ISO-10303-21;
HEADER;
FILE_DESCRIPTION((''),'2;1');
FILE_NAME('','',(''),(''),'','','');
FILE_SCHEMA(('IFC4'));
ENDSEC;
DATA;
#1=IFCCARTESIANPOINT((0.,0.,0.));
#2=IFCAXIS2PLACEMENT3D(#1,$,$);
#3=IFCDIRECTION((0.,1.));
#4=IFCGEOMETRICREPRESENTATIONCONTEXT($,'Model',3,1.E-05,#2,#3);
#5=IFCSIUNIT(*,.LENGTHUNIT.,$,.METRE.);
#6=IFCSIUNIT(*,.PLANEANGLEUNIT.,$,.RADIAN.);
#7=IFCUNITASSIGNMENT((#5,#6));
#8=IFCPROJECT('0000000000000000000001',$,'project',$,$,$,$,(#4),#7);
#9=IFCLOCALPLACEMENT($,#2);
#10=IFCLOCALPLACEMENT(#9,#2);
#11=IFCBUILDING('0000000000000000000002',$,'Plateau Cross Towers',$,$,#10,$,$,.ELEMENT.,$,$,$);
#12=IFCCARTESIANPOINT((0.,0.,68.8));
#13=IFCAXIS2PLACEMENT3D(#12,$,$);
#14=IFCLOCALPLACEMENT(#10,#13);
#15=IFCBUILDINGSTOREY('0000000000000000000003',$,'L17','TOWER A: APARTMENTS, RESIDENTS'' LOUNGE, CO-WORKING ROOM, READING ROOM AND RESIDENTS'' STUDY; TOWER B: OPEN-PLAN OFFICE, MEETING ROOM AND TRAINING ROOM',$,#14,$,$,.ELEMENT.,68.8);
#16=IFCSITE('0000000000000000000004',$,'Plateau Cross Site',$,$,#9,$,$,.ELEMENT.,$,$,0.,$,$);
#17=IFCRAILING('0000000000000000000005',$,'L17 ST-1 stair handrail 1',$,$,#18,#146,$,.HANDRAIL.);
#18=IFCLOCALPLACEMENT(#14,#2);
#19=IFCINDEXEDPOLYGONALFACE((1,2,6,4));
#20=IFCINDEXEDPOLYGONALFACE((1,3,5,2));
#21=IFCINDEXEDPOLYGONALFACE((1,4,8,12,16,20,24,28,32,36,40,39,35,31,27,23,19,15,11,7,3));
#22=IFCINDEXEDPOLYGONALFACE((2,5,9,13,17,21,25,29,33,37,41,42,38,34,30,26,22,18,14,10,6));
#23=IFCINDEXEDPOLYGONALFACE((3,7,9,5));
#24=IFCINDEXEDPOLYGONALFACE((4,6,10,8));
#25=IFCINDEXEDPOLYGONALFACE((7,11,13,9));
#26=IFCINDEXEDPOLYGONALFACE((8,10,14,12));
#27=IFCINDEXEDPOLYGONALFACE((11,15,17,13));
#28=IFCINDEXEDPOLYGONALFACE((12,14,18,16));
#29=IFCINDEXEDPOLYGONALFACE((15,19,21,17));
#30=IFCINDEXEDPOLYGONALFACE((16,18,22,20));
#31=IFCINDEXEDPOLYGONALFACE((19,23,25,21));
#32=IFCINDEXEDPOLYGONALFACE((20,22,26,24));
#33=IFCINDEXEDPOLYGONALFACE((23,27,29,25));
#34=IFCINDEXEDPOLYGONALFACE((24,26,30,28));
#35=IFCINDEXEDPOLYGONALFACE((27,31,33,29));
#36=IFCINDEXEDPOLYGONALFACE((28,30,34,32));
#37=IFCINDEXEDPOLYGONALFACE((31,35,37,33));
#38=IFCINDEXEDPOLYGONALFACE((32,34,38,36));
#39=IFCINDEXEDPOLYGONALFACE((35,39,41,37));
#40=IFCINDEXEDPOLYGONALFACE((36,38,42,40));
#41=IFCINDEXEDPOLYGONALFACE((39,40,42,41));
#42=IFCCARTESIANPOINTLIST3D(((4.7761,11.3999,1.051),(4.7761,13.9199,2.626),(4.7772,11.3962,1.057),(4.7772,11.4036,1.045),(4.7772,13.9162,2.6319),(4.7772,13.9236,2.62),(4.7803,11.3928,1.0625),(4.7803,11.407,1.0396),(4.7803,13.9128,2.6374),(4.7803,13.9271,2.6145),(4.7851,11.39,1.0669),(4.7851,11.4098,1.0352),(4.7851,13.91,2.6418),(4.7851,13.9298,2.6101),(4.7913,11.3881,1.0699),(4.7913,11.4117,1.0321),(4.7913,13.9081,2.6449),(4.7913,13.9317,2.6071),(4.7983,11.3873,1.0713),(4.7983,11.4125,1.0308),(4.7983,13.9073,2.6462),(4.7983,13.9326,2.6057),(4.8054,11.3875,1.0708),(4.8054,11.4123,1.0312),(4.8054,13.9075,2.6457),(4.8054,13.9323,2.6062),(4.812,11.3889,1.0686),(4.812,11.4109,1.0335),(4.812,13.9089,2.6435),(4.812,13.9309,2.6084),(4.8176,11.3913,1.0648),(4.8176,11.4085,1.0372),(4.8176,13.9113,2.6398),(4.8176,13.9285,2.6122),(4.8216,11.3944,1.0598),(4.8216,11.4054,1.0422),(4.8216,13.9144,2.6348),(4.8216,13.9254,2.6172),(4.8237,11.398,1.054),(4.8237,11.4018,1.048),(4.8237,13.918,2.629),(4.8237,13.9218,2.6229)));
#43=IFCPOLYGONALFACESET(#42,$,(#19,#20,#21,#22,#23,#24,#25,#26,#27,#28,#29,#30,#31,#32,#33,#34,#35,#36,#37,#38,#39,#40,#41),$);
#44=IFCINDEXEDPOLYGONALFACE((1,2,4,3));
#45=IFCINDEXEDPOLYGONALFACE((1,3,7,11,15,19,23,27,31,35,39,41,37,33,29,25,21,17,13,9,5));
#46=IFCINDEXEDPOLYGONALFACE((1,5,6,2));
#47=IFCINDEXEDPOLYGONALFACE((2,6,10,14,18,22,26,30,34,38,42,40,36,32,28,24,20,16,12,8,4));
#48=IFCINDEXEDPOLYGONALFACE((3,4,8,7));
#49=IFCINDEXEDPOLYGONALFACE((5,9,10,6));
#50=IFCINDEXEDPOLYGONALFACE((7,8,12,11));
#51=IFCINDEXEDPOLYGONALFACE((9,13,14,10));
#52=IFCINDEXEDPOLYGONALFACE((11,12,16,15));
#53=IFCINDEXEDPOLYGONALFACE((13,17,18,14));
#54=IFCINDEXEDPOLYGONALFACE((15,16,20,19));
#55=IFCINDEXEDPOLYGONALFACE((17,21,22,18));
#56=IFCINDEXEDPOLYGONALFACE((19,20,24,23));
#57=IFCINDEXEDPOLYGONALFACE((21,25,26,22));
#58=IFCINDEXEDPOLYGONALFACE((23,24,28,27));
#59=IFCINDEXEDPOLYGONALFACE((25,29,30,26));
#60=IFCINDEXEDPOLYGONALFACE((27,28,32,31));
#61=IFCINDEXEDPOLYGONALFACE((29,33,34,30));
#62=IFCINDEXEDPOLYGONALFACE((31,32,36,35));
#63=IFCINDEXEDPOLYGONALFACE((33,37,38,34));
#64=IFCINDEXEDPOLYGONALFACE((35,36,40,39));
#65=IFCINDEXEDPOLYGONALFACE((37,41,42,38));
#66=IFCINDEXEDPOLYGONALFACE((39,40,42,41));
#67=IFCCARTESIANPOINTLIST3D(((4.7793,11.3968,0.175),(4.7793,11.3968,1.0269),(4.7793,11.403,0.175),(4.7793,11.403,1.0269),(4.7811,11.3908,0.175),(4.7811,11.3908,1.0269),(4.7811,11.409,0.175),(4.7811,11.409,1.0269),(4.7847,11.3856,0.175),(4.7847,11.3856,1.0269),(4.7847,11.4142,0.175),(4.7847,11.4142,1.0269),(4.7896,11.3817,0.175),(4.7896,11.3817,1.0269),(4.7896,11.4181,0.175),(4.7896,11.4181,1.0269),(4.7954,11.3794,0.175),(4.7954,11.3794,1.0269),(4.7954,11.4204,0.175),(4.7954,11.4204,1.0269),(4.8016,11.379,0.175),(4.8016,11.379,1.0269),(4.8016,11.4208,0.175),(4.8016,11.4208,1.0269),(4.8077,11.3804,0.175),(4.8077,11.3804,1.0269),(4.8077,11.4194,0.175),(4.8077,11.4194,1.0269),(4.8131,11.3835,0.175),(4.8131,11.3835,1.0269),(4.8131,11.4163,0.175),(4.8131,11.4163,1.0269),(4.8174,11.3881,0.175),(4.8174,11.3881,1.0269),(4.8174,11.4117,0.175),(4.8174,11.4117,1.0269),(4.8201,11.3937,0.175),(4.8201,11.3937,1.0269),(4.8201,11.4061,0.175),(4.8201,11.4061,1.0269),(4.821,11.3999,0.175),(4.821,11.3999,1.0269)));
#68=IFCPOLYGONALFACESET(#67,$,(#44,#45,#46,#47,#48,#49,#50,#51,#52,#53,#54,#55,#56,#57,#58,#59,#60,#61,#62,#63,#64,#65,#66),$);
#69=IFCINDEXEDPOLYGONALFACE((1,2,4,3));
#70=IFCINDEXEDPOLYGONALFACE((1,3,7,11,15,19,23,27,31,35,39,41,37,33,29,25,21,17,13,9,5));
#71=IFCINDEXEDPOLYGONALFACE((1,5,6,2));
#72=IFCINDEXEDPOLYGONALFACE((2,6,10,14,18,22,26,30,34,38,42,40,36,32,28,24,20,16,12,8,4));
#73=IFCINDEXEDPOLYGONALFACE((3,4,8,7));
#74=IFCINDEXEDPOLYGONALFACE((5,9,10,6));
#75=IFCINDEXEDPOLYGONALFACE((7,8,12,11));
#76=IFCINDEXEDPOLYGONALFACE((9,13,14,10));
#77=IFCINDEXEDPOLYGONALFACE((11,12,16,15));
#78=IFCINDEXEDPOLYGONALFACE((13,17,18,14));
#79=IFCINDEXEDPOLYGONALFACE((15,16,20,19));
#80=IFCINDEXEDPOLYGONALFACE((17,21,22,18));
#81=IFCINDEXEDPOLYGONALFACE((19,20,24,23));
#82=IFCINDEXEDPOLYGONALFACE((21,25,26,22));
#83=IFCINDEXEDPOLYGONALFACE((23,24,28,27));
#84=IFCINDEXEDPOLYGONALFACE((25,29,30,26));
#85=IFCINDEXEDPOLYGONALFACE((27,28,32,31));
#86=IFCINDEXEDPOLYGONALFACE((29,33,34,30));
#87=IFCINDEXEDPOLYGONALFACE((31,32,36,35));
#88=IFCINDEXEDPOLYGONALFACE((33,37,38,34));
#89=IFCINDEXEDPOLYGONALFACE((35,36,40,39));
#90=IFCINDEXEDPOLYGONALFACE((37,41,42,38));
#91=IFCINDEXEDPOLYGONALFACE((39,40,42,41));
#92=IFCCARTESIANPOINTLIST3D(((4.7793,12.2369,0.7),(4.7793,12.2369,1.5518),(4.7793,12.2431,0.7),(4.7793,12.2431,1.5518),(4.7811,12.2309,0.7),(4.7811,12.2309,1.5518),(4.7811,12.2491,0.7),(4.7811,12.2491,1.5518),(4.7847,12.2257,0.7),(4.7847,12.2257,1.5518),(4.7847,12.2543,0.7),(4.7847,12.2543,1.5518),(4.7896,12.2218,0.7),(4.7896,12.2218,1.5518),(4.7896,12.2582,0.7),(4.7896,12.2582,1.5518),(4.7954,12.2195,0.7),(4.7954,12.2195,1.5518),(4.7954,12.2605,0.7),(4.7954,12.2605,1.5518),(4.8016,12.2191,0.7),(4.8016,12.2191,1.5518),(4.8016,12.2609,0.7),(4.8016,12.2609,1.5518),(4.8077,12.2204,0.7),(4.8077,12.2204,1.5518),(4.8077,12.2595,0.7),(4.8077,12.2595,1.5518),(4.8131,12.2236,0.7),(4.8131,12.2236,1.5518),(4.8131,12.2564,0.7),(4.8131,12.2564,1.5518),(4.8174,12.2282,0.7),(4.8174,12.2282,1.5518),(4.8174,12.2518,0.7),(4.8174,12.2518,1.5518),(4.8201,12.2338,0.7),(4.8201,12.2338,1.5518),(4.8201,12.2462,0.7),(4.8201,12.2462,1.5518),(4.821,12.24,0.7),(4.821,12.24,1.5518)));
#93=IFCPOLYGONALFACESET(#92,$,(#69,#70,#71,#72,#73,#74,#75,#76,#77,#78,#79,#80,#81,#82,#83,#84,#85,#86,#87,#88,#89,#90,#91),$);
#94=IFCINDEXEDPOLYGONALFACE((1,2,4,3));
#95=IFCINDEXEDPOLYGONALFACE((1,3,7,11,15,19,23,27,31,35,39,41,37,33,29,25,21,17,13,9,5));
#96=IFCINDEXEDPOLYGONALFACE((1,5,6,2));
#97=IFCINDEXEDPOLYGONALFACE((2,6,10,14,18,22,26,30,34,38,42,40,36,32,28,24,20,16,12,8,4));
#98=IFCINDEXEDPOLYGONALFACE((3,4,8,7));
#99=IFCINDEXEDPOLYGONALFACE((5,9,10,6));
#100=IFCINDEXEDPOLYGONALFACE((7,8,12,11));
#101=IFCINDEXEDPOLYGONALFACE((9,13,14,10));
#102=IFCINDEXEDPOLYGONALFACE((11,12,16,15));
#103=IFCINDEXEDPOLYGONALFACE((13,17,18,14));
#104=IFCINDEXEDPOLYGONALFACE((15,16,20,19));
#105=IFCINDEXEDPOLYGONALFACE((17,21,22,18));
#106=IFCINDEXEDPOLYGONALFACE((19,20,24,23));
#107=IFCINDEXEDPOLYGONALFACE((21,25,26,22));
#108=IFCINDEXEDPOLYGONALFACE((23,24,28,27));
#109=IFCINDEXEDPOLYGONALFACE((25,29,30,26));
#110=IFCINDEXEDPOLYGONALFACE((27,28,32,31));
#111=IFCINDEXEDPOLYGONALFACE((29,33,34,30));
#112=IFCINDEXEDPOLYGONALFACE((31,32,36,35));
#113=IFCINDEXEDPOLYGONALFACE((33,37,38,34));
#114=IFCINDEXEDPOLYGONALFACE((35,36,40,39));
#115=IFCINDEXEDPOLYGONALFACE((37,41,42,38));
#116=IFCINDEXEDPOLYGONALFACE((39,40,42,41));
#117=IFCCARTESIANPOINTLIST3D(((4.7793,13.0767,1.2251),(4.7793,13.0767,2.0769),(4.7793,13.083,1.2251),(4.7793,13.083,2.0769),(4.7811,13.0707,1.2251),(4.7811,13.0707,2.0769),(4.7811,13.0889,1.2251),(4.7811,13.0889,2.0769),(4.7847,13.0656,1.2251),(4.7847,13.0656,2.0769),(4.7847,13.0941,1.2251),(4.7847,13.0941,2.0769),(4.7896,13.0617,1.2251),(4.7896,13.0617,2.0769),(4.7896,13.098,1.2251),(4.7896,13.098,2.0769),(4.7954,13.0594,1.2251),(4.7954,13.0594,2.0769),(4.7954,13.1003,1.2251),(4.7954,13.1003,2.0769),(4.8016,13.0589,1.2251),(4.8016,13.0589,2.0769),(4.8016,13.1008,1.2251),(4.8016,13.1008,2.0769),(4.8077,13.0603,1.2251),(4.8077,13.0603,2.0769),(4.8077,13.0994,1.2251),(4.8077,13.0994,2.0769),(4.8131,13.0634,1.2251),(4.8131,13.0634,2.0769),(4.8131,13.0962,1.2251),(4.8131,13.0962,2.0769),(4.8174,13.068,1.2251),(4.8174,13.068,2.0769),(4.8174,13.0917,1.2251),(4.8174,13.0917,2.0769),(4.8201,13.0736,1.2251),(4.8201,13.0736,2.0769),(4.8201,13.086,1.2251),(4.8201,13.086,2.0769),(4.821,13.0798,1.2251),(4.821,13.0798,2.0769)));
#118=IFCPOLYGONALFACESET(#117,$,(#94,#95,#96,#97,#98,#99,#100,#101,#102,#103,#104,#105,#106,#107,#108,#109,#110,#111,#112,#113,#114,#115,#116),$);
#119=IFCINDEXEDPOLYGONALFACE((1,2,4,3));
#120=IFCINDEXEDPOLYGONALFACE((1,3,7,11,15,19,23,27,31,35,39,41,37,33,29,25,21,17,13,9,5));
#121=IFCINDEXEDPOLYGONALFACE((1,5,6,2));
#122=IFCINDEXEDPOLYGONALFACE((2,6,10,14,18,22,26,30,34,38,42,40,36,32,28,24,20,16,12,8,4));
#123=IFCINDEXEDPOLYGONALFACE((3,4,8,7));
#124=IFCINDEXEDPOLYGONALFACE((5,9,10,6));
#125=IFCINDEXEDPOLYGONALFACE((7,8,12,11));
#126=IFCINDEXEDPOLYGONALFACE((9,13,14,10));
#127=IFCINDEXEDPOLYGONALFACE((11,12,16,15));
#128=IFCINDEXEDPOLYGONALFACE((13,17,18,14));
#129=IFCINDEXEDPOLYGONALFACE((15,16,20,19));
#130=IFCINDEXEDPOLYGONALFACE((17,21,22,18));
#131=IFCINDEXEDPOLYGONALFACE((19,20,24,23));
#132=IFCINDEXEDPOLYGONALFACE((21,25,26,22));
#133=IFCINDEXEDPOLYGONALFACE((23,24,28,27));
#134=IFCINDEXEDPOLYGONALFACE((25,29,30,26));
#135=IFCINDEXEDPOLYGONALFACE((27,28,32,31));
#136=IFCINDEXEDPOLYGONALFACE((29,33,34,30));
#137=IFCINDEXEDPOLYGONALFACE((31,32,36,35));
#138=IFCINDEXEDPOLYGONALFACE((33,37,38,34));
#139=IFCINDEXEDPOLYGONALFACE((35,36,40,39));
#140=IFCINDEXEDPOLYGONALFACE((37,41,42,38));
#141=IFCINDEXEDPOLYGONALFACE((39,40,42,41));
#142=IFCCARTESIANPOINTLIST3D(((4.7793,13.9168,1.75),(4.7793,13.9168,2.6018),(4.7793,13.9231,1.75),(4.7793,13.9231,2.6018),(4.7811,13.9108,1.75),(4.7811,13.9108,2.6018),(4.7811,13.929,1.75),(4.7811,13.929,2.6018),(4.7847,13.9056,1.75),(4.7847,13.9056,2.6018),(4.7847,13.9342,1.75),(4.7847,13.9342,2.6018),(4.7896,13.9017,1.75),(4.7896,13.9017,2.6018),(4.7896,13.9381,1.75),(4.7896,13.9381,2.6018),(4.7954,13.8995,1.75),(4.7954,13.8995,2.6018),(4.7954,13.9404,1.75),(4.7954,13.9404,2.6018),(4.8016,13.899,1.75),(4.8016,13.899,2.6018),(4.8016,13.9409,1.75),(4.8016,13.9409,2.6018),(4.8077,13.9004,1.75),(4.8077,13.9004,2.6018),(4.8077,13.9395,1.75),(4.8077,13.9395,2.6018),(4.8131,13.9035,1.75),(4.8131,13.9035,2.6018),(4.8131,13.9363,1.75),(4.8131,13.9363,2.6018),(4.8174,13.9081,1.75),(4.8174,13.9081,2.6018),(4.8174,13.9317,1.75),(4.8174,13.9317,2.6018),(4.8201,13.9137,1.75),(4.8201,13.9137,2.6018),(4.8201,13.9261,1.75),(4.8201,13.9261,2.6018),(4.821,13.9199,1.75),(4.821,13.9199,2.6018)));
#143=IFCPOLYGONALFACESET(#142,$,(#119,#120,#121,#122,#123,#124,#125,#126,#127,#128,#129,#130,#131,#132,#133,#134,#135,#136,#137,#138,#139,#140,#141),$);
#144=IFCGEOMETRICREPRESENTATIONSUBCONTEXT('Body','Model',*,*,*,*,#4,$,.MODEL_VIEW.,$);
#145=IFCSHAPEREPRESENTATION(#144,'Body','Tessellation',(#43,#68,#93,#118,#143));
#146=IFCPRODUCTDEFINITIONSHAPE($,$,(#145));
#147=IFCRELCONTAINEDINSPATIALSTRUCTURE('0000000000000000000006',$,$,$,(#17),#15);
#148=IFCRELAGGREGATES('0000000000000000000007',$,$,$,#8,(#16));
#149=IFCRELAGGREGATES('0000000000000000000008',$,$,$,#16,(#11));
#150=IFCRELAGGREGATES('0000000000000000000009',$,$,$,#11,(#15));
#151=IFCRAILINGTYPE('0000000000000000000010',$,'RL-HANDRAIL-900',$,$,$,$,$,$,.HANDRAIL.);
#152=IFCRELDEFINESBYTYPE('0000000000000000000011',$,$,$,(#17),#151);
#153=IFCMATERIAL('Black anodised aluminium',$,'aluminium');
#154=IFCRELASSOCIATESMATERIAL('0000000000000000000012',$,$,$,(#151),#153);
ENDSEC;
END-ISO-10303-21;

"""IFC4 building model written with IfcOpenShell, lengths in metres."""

from ifc_helpers import new_model, si_unit, direction, frame, origin, origin_2d, place, context, subcontext, project, spatial, circle, extrude, material, type_object, element, save


model = new_model("IFC4")

# Units and contexts
model_context = context("Model", 3, precision=1e-05, world=origin(), true_north=direction((0.0, 1.0)))
body_context = subcontext(model_context, "Body", "Model", "MODEL_VIEW")
ifc_project = project(units=[si_unit("LENGTHUNIT", "METRE"), si_unit("PLANEANGLEUNIT", "RADIAN")], contexts=[model_context])

# Site, building, storey
site_placement = place(None, origin())
site = spatial("IfcSite", under=ifc_project, at=site_placement, Name="Plateau Cross Site", CompositionType="ELEMENT", RefElevation=0.0)
building_placement = place(site_placement, origin())
building = spatial("IfcBuilding", under=site, at=building_placement, Name="Plateau Cross Towers", CompositionType="ELEMENT")
storey_placement = place(building_placement, frame((0.0, 0.0, 68.8)))
storey = spatial("IfcBuildingStorey", under=building, at=storey_placement, Name="L17", Description="TOWER A: APARTMENTS, RESIDENTS' LOUNGE, CO-WORKING ROOM, READING ROOM AND RESIDENTS' STUDY; TOWER B: OPEN-PLAN OFFICE, MEETING ROOM AND TRAINING ROOM", CompositionType="ELEMENT", Elevation=68.8)

# Shared definitions
ifc_material_1 = material(Name="Black anodised aluminium", Category="aluminium")

# Railing
railing_type_1 = type_object("IfcRailingType", Name="RL-HANDRAIL-900", PredefinedType="HANDRAIL", material=ifc_material_1)
railing_1_placement = place(storey_placement, frame((4.8, 11.3999, 0.175)))
element("IfcRailing", 1, at=railing_1_placement, inside=storey, type_object=railing_type_1, Name="L17 ST-1 stair handrail 1", PredefinedType="HANDRAIL", context=body_context, shape_type="SweptSolid", body=[
    extrude(circle(Radius=0.0239, at=origin_2d()), frame((0.0, 0.0, 0.876), z_axis=(0.0, 0.848008, 0.529984), x_axis=(-1.0, 0.0, 0.0)), (0.0, 0.0, 1.0), 2.9717),
    extrude(circle(Radius=0.021, at=origin_2d()), origin(), (0.0, 0.0, 1.0), 0.8518),
    extrude(circle(Radius=0.021, at=origin_2d()), frame((0.0, 0.8401, 0.5249)), (0.0, 0.0, 1.0), 0.8518),
    extrude(circle(Radius=0.021, at=origin_2d()), frame((0.0, 1.6799, 1.05)), (0.0, 0.0, 1.0), 0.8518),
    extrude(circle(Radius=0.021, at=origin_2d()), frame((0.0, 2.52, 1.575)), (0.0, 0.0, 1.0), 0.8518),
])

save(model, "model.ifc")
